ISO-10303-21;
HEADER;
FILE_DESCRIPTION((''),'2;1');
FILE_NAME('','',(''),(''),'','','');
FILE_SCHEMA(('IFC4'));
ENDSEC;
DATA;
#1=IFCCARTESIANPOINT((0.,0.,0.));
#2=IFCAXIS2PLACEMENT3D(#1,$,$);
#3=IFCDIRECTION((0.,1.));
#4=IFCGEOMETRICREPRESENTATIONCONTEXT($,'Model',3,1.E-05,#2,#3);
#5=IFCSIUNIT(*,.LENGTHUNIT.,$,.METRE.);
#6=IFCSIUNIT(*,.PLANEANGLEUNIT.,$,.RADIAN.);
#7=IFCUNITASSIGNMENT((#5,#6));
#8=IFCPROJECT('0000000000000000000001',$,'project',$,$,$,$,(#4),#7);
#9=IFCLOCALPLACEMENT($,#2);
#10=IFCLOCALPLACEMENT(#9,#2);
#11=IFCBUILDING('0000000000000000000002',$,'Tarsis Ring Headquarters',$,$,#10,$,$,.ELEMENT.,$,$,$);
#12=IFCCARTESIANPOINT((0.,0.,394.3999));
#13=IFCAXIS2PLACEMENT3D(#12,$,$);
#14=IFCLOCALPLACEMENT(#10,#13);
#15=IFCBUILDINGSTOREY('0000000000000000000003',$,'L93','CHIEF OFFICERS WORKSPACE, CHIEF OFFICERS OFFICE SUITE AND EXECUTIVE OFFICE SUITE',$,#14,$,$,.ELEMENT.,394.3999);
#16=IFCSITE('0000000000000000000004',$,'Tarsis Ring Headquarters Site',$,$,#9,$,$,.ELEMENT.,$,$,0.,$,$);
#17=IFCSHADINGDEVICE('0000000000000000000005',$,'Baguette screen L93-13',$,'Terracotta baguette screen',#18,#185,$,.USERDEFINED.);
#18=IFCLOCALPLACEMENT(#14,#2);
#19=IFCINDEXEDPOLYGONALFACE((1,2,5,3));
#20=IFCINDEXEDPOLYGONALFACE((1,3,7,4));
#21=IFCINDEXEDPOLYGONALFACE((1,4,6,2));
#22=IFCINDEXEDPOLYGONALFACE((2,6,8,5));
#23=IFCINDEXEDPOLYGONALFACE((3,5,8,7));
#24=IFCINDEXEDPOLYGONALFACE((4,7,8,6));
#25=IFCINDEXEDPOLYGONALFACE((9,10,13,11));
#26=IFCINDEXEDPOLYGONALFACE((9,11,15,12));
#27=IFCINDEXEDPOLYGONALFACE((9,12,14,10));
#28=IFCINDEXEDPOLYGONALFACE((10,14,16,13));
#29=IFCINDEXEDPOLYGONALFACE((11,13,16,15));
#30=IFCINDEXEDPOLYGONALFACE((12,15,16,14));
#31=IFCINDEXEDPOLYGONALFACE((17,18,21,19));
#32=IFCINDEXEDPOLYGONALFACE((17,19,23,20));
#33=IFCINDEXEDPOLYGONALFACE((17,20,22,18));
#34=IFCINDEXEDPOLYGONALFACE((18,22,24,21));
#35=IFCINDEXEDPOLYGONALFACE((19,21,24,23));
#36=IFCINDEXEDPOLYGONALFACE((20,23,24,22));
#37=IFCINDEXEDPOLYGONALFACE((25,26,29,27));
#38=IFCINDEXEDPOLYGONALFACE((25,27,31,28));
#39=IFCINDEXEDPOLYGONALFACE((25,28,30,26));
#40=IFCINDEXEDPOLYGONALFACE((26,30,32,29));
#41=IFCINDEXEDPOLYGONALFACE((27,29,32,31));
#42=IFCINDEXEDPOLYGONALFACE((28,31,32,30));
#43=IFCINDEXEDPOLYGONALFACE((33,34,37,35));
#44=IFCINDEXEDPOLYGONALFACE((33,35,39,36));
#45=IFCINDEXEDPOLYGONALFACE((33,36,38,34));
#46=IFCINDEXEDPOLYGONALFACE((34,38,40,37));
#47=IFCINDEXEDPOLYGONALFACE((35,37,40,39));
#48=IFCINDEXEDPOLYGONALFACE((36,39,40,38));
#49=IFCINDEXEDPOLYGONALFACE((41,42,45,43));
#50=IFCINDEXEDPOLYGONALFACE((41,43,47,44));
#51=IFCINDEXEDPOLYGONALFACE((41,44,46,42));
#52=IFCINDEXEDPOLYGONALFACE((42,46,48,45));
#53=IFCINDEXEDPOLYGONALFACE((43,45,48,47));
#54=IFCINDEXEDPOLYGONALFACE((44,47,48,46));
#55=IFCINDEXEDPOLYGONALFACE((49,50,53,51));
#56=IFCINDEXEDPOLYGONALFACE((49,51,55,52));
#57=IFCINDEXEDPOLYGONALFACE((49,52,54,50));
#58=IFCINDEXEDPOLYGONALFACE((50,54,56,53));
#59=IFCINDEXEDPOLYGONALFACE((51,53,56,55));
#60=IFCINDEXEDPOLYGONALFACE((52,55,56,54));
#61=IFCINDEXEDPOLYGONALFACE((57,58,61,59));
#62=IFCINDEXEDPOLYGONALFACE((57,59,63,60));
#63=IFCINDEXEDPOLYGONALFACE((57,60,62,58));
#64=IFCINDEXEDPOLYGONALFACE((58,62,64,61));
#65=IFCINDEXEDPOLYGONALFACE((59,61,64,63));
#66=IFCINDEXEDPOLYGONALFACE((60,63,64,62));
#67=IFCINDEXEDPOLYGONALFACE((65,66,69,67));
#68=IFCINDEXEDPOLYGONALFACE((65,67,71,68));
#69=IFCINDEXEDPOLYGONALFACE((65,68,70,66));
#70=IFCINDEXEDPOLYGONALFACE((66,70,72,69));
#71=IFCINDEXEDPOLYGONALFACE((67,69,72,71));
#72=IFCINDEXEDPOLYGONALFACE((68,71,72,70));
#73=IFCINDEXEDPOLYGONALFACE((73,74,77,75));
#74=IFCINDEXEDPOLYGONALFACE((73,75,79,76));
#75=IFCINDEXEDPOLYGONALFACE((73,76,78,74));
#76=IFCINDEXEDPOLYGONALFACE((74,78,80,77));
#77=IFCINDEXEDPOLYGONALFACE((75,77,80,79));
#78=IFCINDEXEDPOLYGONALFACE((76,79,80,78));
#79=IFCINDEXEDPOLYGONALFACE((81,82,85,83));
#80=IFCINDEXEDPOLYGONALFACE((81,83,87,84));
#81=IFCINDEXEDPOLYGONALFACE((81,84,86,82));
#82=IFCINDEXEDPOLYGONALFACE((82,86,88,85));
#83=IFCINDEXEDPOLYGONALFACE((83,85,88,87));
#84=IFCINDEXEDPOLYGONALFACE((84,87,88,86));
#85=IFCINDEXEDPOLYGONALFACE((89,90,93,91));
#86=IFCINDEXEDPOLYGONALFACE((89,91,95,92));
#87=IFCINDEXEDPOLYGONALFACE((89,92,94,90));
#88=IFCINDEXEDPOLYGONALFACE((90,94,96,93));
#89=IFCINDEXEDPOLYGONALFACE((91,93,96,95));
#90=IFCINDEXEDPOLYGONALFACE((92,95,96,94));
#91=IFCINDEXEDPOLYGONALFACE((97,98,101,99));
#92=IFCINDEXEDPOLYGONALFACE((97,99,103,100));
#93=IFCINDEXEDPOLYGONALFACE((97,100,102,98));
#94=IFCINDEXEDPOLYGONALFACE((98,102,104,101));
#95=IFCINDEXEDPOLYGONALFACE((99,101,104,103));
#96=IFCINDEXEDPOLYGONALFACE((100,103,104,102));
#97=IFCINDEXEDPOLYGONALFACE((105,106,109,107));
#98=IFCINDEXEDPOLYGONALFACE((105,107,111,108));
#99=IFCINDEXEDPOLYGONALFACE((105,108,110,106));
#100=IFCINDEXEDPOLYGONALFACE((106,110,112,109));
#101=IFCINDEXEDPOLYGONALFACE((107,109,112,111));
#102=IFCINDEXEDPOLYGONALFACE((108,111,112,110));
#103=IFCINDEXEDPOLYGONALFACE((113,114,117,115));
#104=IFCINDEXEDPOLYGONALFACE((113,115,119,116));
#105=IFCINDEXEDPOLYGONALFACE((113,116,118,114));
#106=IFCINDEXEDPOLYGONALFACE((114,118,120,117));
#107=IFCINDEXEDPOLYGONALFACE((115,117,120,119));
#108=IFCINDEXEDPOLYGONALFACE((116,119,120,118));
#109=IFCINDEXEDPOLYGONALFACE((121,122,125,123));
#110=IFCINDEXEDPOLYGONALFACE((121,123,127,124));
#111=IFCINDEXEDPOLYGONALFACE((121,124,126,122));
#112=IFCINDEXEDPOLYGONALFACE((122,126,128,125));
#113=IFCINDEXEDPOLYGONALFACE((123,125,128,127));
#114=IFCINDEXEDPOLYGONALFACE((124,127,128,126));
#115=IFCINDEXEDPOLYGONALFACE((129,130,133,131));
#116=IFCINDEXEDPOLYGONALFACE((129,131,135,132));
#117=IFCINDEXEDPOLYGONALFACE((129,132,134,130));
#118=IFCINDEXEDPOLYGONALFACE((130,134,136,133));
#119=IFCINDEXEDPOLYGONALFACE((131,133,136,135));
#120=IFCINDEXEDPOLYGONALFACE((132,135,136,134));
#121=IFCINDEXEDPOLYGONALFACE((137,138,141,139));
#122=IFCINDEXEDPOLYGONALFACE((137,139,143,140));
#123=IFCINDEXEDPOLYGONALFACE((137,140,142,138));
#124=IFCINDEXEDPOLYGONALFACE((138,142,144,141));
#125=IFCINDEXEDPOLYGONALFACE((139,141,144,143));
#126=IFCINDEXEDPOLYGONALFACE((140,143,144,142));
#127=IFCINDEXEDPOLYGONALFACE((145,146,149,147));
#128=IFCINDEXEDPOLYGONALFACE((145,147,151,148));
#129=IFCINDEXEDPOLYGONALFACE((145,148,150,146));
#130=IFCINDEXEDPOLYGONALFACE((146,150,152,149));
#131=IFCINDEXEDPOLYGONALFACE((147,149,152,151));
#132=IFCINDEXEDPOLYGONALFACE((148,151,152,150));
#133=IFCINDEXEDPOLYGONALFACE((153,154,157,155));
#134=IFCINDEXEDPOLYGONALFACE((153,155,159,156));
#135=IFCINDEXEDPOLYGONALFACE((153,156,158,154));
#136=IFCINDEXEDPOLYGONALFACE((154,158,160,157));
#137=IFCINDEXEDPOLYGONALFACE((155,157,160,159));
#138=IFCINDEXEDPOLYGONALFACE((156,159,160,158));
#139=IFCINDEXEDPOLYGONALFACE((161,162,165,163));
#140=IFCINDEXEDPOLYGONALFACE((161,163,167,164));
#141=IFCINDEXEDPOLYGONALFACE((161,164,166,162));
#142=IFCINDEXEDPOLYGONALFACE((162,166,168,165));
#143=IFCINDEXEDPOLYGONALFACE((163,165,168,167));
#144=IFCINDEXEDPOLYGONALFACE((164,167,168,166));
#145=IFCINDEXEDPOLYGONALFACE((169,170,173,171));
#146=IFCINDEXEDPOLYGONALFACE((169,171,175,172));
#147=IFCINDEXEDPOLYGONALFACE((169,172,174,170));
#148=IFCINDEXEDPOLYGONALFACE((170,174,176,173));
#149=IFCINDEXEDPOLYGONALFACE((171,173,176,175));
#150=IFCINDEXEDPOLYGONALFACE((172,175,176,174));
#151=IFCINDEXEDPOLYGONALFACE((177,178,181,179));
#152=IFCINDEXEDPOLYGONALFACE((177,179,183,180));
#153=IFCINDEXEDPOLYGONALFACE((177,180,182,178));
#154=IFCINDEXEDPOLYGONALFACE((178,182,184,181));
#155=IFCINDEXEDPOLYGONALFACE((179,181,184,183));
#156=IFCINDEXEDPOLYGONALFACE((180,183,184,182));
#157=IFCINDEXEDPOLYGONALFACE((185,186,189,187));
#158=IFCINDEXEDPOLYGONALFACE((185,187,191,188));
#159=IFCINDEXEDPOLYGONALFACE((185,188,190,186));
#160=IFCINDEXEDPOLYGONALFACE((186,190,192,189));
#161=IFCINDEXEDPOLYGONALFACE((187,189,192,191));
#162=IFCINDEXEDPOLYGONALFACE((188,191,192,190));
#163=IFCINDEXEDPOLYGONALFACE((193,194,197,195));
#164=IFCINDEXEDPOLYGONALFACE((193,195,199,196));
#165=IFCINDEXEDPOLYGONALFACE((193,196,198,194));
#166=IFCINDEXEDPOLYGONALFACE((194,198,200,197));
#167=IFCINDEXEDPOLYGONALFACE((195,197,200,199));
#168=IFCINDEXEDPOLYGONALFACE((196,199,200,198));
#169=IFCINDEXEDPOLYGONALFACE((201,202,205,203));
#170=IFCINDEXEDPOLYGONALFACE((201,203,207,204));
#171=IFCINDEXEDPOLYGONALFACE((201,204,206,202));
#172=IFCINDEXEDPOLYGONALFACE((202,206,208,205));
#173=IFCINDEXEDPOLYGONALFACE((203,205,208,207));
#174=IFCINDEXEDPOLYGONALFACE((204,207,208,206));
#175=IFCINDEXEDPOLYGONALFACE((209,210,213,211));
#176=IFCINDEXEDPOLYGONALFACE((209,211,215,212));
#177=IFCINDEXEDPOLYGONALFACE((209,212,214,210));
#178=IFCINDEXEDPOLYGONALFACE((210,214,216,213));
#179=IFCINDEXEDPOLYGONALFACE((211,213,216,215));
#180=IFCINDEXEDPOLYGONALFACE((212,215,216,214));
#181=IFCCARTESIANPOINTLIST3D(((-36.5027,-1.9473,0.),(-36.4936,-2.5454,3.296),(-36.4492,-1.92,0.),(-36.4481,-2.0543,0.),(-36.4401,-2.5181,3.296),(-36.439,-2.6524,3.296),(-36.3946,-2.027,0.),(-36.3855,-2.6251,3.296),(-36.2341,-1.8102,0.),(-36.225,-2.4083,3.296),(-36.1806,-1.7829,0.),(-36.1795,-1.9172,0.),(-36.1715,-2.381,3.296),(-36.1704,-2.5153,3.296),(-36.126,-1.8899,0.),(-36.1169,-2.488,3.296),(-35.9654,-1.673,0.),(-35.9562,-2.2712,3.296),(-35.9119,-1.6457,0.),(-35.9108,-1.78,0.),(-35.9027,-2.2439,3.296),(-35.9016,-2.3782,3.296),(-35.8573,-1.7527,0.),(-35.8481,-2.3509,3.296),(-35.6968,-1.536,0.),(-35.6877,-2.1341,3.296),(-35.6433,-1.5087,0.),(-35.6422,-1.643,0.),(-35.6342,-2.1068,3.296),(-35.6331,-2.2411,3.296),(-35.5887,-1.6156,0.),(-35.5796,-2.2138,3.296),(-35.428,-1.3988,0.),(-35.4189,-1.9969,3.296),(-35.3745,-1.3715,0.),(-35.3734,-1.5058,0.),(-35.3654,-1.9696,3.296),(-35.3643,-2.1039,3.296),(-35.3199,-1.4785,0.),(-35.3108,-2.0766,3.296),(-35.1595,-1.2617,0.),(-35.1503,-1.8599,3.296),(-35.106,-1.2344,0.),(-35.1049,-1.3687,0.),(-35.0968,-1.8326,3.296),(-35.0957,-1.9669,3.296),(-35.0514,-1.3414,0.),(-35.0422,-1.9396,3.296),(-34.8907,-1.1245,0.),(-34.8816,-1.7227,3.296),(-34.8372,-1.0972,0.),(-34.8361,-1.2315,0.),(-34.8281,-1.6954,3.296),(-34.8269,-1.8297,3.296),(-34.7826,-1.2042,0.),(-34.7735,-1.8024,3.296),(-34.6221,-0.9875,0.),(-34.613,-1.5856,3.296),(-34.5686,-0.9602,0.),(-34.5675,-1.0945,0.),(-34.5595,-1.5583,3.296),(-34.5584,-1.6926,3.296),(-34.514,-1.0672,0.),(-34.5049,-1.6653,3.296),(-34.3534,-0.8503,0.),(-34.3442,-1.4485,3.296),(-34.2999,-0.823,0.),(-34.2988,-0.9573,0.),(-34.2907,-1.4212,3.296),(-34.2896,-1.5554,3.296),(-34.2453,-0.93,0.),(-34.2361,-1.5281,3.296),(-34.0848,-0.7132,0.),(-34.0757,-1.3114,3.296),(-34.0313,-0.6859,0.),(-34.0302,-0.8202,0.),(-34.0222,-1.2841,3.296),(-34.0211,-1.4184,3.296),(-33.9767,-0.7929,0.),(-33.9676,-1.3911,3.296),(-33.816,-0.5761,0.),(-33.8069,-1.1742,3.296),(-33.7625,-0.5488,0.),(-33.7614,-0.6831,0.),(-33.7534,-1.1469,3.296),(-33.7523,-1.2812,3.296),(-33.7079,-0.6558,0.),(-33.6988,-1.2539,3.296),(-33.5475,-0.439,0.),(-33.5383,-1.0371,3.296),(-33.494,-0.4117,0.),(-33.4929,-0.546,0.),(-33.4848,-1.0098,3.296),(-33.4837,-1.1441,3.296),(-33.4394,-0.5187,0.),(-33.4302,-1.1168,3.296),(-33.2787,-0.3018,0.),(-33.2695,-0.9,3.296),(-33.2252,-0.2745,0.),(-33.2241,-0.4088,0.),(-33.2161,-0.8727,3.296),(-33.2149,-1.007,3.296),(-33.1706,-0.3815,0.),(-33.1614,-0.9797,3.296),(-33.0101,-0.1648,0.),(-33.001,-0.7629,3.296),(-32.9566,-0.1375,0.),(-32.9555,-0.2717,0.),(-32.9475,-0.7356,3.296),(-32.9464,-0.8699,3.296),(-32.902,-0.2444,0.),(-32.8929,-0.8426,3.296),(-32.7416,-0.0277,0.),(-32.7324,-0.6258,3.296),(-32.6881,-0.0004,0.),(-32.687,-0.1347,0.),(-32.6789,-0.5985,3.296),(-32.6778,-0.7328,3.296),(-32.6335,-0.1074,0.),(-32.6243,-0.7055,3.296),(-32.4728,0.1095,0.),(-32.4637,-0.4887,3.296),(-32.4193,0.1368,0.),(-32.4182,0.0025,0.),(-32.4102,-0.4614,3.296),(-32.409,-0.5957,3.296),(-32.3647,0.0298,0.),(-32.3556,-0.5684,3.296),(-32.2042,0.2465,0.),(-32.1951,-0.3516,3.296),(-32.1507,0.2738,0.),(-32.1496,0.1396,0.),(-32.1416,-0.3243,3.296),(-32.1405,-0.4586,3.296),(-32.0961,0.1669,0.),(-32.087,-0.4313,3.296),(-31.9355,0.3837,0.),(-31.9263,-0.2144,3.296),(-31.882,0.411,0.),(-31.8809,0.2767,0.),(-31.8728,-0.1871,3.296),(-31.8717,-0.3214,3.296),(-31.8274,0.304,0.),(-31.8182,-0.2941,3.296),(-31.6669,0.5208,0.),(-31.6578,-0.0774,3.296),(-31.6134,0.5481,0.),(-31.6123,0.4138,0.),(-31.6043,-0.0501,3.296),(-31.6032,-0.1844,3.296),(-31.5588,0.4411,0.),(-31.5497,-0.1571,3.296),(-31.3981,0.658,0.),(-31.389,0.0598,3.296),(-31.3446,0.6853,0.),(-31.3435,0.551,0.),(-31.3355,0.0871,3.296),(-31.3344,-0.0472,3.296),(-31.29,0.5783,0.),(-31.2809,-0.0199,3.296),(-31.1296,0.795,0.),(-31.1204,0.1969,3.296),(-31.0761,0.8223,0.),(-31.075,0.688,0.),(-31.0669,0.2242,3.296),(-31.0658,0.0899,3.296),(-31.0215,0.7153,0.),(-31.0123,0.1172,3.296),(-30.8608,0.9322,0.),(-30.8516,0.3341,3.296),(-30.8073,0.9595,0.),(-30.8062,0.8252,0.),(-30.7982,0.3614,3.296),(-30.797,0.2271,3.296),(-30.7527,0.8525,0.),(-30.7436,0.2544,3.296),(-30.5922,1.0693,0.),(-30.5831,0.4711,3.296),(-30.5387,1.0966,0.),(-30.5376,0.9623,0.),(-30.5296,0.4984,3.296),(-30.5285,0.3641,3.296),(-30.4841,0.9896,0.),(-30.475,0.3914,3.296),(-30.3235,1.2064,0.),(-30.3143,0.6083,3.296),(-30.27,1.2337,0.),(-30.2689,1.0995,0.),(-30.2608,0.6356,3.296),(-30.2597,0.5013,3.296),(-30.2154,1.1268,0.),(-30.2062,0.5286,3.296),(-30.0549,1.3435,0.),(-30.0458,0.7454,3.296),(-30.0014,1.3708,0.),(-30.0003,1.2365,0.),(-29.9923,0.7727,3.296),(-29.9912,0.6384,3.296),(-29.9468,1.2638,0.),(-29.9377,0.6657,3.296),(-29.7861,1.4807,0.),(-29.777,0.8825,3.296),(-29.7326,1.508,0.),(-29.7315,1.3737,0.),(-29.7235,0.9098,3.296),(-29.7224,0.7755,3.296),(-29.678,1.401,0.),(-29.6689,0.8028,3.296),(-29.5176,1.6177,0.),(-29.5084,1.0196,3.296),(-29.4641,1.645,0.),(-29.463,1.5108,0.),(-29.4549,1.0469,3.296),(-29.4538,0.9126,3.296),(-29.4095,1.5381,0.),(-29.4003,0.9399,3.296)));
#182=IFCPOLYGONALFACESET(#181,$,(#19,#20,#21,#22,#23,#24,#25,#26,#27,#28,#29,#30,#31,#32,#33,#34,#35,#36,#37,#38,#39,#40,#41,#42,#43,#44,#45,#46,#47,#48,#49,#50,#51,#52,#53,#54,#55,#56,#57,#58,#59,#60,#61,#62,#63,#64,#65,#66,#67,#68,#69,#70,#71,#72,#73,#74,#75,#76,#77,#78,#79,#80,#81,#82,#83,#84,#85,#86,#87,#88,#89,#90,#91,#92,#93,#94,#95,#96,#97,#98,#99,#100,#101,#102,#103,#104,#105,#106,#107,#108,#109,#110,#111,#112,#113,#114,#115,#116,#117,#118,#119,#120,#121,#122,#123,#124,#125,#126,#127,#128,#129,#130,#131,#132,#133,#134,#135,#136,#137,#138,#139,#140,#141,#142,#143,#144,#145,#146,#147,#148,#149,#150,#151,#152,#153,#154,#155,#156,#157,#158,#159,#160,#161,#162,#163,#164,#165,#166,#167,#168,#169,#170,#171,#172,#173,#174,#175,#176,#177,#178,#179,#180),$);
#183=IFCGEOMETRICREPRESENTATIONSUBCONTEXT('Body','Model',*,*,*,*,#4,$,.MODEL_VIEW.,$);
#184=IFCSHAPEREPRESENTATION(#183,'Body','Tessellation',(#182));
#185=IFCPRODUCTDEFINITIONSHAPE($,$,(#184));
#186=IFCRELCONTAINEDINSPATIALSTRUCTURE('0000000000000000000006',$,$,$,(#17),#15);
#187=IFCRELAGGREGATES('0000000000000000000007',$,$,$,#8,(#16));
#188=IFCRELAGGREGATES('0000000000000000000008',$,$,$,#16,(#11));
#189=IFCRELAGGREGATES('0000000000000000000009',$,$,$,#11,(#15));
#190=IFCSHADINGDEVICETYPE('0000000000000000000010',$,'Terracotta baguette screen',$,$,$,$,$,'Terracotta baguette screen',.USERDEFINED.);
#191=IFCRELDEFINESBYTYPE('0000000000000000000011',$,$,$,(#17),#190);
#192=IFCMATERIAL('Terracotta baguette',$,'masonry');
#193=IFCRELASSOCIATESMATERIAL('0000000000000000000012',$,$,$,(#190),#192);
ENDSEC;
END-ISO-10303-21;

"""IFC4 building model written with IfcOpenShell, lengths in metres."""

from ifc_helpers import new_model, si_unit, direction, frame, frame_2d, origin, place, context, subcontext, project, spatial, rectangle, composite_profile, extrude, material, type_object, element, save


model = new_model("IFC4")

# Units and contexts
model_context = context("Model", 3, precision=1e-05, world=origin(), true_north=direction((0.0, 1.0)))
body_context = subcontext(model_context, "Body", "Model", "MODEL_VIEW")
ifc_project = project(units=[si_unit("LENGTHUNIT", "METRE"), si_unit("PLANEANGLEUNIT", "RADIAN")], contexts=[model_context])

# Site, building, storey
site_placement = place(None, origin())
site = spatial("IfcSite", under=ifc_project, at=site_placement, Name="Tarsis Ring Headquarters Site", CompositionType="ELEMENT", RefElevation=0.0)
building_placement = place(site_placement, origin())
building = spatial("IfcBuilding", under=site, at=building_placement, Name="Tarsis Ring Headquarters", CompositionType="ELEMENT")
storey_placement = place(building_placement, frame((0.0, 0.0, 394.3999)))
storey = spatial("IfcBuildingStorey", under=building, at=storey_placement, Name="L93", Description="CHIEF OFFICERS WORKSPACE, CHIEF OFFICERS OFFICE SUITE AND EXECUTIVE OFFICE SUITE", CompositionType="ELEMENT", Elevation=394.3999)

# Shading device
ifc_material_1 = material(Name="Terracotta baguette", Category="masonry")
shading_device_type_1 = type_object("IfcShadingDeviceType", Name="Terracotta baguette screen", ElementType="Terracotta baguette screen", PredefinedType="USERDEFINED", material=ifc_material_1)
shading_device_1_placement = place(storey_placement, frame((-29.4368, 1.5916, 0.0), z_axis=(0.0, 0.0, 1.0), x_axis=(-0.890695, -0.454585, 0.0)))
element("IfcShadingDevice", 1, at=shading_device_1_placement, inside=storey, type_object=shading_device_type_1, Name="Baguette screen L93-13", ObjectType="Terracotta baguette screen", PredefinedType="USERDEFINED", context=body_context, shape_type="SweptSolid", body=[
    extrude(composite_profile([rectangle(XDim=0.0601, YDim=0.1201, at=frame_2d((0.03, 0.0))), rectangle(XDim=0.0601, YDim=0.1201, at=frame_2d((0.3315, 0.0))), rectangle(XDim=0.0601, YDim=0.1201, at=frame_2d((0.6333, 0.0))), rectangle(XDim=0.0601, YDim=0.1201, at=frame_2d((0.9348, 0.0))), rectangle(XDim=0.0601, YDim=0.1201, at=frame_2d((1.2366, 0.0))), rectangle(XDim=0.0601, YDim=0.1201, at=frame_2d((1.5381, 0.0))), rectangle(XDim=0.0601, YDim=0.1201, at=frame_2d((1.8398, 0.0))), rectangle(XDim=0.0601, YDim=0.1201, at=frame_2d((2.1414, 0.0))), rectangle(XDim=0.0601, YDim=0.1201, at=frame_2d((2.4431, 0.0))), rectangle(XDim=0.0601, YDim=0.1201, at=frame_2d((2.7446, 0.0))), rectangle(XDim=0.0601, YDim=0.1201, at=frame_2d((3.0464, 0.0))), rectangle(XDim=0.0601, YDim=0.1201, at=frame_2d((3.3479, 0.0))), rectangle(XDim=0.0601, YDim=0.1201, at=frame_2d((3.6497, 0.0))), rectangle(XDim=0.0601, YDim=0.1201, at=frame_2d((3.9512, 0.0))), rectangle(XDim=0.0601, YDim=0.1201, at=frame_2d((4.2527, 0.0))), rectangle(XDim=0.0601, YDim=0.1201, at=frame_2d((4.5544, 0.0))), rectangle(XDim=0.0601, YDim=0.1201, at=frame_2d((4.856, 0.0))), rectangle(XDim=0.0601, YDim=0.1201, at=frame_2d((5.1577, 0.0))), rectangle(XDim=0.0601, YDim=0.1201, at=frame_2d((5.4592, 0.0))), rectangle(XDim=0.0601, YDim=0.1201, at=frame_2d((5.761, 0.0))), rectangle(XDim=0.0601, YDim=0.1201, at=frame_2d((6.0625, 0.0))), rectangle(XDim=0.0601, YDim=0.1201, at=frame_2d((6.3643, 0.0))), rectangle(XDim=0.0601, YDim=0.1201, at=frame_2d((6.6658, 0.0))), rectangle(XDim=0.0601, YDim=0.1201, at=frame_2d((6.9675, 0.0))), rectangle(XDim=0.0601, YDim=0.1201, at=frame_2d((7.269, 0.0))), rectangle(XDim=0.0601, YDim=0.1201, at=frame_2d((7.5708, 0.0))), rectangle(XDim=0.0601, YDim=0.1201, at=frame_2d((7.8723, 0.0)))]), origin(), (0.07874, 0.160284, 0.983925), 3.3499),
])

save(model, "model.ifc")
